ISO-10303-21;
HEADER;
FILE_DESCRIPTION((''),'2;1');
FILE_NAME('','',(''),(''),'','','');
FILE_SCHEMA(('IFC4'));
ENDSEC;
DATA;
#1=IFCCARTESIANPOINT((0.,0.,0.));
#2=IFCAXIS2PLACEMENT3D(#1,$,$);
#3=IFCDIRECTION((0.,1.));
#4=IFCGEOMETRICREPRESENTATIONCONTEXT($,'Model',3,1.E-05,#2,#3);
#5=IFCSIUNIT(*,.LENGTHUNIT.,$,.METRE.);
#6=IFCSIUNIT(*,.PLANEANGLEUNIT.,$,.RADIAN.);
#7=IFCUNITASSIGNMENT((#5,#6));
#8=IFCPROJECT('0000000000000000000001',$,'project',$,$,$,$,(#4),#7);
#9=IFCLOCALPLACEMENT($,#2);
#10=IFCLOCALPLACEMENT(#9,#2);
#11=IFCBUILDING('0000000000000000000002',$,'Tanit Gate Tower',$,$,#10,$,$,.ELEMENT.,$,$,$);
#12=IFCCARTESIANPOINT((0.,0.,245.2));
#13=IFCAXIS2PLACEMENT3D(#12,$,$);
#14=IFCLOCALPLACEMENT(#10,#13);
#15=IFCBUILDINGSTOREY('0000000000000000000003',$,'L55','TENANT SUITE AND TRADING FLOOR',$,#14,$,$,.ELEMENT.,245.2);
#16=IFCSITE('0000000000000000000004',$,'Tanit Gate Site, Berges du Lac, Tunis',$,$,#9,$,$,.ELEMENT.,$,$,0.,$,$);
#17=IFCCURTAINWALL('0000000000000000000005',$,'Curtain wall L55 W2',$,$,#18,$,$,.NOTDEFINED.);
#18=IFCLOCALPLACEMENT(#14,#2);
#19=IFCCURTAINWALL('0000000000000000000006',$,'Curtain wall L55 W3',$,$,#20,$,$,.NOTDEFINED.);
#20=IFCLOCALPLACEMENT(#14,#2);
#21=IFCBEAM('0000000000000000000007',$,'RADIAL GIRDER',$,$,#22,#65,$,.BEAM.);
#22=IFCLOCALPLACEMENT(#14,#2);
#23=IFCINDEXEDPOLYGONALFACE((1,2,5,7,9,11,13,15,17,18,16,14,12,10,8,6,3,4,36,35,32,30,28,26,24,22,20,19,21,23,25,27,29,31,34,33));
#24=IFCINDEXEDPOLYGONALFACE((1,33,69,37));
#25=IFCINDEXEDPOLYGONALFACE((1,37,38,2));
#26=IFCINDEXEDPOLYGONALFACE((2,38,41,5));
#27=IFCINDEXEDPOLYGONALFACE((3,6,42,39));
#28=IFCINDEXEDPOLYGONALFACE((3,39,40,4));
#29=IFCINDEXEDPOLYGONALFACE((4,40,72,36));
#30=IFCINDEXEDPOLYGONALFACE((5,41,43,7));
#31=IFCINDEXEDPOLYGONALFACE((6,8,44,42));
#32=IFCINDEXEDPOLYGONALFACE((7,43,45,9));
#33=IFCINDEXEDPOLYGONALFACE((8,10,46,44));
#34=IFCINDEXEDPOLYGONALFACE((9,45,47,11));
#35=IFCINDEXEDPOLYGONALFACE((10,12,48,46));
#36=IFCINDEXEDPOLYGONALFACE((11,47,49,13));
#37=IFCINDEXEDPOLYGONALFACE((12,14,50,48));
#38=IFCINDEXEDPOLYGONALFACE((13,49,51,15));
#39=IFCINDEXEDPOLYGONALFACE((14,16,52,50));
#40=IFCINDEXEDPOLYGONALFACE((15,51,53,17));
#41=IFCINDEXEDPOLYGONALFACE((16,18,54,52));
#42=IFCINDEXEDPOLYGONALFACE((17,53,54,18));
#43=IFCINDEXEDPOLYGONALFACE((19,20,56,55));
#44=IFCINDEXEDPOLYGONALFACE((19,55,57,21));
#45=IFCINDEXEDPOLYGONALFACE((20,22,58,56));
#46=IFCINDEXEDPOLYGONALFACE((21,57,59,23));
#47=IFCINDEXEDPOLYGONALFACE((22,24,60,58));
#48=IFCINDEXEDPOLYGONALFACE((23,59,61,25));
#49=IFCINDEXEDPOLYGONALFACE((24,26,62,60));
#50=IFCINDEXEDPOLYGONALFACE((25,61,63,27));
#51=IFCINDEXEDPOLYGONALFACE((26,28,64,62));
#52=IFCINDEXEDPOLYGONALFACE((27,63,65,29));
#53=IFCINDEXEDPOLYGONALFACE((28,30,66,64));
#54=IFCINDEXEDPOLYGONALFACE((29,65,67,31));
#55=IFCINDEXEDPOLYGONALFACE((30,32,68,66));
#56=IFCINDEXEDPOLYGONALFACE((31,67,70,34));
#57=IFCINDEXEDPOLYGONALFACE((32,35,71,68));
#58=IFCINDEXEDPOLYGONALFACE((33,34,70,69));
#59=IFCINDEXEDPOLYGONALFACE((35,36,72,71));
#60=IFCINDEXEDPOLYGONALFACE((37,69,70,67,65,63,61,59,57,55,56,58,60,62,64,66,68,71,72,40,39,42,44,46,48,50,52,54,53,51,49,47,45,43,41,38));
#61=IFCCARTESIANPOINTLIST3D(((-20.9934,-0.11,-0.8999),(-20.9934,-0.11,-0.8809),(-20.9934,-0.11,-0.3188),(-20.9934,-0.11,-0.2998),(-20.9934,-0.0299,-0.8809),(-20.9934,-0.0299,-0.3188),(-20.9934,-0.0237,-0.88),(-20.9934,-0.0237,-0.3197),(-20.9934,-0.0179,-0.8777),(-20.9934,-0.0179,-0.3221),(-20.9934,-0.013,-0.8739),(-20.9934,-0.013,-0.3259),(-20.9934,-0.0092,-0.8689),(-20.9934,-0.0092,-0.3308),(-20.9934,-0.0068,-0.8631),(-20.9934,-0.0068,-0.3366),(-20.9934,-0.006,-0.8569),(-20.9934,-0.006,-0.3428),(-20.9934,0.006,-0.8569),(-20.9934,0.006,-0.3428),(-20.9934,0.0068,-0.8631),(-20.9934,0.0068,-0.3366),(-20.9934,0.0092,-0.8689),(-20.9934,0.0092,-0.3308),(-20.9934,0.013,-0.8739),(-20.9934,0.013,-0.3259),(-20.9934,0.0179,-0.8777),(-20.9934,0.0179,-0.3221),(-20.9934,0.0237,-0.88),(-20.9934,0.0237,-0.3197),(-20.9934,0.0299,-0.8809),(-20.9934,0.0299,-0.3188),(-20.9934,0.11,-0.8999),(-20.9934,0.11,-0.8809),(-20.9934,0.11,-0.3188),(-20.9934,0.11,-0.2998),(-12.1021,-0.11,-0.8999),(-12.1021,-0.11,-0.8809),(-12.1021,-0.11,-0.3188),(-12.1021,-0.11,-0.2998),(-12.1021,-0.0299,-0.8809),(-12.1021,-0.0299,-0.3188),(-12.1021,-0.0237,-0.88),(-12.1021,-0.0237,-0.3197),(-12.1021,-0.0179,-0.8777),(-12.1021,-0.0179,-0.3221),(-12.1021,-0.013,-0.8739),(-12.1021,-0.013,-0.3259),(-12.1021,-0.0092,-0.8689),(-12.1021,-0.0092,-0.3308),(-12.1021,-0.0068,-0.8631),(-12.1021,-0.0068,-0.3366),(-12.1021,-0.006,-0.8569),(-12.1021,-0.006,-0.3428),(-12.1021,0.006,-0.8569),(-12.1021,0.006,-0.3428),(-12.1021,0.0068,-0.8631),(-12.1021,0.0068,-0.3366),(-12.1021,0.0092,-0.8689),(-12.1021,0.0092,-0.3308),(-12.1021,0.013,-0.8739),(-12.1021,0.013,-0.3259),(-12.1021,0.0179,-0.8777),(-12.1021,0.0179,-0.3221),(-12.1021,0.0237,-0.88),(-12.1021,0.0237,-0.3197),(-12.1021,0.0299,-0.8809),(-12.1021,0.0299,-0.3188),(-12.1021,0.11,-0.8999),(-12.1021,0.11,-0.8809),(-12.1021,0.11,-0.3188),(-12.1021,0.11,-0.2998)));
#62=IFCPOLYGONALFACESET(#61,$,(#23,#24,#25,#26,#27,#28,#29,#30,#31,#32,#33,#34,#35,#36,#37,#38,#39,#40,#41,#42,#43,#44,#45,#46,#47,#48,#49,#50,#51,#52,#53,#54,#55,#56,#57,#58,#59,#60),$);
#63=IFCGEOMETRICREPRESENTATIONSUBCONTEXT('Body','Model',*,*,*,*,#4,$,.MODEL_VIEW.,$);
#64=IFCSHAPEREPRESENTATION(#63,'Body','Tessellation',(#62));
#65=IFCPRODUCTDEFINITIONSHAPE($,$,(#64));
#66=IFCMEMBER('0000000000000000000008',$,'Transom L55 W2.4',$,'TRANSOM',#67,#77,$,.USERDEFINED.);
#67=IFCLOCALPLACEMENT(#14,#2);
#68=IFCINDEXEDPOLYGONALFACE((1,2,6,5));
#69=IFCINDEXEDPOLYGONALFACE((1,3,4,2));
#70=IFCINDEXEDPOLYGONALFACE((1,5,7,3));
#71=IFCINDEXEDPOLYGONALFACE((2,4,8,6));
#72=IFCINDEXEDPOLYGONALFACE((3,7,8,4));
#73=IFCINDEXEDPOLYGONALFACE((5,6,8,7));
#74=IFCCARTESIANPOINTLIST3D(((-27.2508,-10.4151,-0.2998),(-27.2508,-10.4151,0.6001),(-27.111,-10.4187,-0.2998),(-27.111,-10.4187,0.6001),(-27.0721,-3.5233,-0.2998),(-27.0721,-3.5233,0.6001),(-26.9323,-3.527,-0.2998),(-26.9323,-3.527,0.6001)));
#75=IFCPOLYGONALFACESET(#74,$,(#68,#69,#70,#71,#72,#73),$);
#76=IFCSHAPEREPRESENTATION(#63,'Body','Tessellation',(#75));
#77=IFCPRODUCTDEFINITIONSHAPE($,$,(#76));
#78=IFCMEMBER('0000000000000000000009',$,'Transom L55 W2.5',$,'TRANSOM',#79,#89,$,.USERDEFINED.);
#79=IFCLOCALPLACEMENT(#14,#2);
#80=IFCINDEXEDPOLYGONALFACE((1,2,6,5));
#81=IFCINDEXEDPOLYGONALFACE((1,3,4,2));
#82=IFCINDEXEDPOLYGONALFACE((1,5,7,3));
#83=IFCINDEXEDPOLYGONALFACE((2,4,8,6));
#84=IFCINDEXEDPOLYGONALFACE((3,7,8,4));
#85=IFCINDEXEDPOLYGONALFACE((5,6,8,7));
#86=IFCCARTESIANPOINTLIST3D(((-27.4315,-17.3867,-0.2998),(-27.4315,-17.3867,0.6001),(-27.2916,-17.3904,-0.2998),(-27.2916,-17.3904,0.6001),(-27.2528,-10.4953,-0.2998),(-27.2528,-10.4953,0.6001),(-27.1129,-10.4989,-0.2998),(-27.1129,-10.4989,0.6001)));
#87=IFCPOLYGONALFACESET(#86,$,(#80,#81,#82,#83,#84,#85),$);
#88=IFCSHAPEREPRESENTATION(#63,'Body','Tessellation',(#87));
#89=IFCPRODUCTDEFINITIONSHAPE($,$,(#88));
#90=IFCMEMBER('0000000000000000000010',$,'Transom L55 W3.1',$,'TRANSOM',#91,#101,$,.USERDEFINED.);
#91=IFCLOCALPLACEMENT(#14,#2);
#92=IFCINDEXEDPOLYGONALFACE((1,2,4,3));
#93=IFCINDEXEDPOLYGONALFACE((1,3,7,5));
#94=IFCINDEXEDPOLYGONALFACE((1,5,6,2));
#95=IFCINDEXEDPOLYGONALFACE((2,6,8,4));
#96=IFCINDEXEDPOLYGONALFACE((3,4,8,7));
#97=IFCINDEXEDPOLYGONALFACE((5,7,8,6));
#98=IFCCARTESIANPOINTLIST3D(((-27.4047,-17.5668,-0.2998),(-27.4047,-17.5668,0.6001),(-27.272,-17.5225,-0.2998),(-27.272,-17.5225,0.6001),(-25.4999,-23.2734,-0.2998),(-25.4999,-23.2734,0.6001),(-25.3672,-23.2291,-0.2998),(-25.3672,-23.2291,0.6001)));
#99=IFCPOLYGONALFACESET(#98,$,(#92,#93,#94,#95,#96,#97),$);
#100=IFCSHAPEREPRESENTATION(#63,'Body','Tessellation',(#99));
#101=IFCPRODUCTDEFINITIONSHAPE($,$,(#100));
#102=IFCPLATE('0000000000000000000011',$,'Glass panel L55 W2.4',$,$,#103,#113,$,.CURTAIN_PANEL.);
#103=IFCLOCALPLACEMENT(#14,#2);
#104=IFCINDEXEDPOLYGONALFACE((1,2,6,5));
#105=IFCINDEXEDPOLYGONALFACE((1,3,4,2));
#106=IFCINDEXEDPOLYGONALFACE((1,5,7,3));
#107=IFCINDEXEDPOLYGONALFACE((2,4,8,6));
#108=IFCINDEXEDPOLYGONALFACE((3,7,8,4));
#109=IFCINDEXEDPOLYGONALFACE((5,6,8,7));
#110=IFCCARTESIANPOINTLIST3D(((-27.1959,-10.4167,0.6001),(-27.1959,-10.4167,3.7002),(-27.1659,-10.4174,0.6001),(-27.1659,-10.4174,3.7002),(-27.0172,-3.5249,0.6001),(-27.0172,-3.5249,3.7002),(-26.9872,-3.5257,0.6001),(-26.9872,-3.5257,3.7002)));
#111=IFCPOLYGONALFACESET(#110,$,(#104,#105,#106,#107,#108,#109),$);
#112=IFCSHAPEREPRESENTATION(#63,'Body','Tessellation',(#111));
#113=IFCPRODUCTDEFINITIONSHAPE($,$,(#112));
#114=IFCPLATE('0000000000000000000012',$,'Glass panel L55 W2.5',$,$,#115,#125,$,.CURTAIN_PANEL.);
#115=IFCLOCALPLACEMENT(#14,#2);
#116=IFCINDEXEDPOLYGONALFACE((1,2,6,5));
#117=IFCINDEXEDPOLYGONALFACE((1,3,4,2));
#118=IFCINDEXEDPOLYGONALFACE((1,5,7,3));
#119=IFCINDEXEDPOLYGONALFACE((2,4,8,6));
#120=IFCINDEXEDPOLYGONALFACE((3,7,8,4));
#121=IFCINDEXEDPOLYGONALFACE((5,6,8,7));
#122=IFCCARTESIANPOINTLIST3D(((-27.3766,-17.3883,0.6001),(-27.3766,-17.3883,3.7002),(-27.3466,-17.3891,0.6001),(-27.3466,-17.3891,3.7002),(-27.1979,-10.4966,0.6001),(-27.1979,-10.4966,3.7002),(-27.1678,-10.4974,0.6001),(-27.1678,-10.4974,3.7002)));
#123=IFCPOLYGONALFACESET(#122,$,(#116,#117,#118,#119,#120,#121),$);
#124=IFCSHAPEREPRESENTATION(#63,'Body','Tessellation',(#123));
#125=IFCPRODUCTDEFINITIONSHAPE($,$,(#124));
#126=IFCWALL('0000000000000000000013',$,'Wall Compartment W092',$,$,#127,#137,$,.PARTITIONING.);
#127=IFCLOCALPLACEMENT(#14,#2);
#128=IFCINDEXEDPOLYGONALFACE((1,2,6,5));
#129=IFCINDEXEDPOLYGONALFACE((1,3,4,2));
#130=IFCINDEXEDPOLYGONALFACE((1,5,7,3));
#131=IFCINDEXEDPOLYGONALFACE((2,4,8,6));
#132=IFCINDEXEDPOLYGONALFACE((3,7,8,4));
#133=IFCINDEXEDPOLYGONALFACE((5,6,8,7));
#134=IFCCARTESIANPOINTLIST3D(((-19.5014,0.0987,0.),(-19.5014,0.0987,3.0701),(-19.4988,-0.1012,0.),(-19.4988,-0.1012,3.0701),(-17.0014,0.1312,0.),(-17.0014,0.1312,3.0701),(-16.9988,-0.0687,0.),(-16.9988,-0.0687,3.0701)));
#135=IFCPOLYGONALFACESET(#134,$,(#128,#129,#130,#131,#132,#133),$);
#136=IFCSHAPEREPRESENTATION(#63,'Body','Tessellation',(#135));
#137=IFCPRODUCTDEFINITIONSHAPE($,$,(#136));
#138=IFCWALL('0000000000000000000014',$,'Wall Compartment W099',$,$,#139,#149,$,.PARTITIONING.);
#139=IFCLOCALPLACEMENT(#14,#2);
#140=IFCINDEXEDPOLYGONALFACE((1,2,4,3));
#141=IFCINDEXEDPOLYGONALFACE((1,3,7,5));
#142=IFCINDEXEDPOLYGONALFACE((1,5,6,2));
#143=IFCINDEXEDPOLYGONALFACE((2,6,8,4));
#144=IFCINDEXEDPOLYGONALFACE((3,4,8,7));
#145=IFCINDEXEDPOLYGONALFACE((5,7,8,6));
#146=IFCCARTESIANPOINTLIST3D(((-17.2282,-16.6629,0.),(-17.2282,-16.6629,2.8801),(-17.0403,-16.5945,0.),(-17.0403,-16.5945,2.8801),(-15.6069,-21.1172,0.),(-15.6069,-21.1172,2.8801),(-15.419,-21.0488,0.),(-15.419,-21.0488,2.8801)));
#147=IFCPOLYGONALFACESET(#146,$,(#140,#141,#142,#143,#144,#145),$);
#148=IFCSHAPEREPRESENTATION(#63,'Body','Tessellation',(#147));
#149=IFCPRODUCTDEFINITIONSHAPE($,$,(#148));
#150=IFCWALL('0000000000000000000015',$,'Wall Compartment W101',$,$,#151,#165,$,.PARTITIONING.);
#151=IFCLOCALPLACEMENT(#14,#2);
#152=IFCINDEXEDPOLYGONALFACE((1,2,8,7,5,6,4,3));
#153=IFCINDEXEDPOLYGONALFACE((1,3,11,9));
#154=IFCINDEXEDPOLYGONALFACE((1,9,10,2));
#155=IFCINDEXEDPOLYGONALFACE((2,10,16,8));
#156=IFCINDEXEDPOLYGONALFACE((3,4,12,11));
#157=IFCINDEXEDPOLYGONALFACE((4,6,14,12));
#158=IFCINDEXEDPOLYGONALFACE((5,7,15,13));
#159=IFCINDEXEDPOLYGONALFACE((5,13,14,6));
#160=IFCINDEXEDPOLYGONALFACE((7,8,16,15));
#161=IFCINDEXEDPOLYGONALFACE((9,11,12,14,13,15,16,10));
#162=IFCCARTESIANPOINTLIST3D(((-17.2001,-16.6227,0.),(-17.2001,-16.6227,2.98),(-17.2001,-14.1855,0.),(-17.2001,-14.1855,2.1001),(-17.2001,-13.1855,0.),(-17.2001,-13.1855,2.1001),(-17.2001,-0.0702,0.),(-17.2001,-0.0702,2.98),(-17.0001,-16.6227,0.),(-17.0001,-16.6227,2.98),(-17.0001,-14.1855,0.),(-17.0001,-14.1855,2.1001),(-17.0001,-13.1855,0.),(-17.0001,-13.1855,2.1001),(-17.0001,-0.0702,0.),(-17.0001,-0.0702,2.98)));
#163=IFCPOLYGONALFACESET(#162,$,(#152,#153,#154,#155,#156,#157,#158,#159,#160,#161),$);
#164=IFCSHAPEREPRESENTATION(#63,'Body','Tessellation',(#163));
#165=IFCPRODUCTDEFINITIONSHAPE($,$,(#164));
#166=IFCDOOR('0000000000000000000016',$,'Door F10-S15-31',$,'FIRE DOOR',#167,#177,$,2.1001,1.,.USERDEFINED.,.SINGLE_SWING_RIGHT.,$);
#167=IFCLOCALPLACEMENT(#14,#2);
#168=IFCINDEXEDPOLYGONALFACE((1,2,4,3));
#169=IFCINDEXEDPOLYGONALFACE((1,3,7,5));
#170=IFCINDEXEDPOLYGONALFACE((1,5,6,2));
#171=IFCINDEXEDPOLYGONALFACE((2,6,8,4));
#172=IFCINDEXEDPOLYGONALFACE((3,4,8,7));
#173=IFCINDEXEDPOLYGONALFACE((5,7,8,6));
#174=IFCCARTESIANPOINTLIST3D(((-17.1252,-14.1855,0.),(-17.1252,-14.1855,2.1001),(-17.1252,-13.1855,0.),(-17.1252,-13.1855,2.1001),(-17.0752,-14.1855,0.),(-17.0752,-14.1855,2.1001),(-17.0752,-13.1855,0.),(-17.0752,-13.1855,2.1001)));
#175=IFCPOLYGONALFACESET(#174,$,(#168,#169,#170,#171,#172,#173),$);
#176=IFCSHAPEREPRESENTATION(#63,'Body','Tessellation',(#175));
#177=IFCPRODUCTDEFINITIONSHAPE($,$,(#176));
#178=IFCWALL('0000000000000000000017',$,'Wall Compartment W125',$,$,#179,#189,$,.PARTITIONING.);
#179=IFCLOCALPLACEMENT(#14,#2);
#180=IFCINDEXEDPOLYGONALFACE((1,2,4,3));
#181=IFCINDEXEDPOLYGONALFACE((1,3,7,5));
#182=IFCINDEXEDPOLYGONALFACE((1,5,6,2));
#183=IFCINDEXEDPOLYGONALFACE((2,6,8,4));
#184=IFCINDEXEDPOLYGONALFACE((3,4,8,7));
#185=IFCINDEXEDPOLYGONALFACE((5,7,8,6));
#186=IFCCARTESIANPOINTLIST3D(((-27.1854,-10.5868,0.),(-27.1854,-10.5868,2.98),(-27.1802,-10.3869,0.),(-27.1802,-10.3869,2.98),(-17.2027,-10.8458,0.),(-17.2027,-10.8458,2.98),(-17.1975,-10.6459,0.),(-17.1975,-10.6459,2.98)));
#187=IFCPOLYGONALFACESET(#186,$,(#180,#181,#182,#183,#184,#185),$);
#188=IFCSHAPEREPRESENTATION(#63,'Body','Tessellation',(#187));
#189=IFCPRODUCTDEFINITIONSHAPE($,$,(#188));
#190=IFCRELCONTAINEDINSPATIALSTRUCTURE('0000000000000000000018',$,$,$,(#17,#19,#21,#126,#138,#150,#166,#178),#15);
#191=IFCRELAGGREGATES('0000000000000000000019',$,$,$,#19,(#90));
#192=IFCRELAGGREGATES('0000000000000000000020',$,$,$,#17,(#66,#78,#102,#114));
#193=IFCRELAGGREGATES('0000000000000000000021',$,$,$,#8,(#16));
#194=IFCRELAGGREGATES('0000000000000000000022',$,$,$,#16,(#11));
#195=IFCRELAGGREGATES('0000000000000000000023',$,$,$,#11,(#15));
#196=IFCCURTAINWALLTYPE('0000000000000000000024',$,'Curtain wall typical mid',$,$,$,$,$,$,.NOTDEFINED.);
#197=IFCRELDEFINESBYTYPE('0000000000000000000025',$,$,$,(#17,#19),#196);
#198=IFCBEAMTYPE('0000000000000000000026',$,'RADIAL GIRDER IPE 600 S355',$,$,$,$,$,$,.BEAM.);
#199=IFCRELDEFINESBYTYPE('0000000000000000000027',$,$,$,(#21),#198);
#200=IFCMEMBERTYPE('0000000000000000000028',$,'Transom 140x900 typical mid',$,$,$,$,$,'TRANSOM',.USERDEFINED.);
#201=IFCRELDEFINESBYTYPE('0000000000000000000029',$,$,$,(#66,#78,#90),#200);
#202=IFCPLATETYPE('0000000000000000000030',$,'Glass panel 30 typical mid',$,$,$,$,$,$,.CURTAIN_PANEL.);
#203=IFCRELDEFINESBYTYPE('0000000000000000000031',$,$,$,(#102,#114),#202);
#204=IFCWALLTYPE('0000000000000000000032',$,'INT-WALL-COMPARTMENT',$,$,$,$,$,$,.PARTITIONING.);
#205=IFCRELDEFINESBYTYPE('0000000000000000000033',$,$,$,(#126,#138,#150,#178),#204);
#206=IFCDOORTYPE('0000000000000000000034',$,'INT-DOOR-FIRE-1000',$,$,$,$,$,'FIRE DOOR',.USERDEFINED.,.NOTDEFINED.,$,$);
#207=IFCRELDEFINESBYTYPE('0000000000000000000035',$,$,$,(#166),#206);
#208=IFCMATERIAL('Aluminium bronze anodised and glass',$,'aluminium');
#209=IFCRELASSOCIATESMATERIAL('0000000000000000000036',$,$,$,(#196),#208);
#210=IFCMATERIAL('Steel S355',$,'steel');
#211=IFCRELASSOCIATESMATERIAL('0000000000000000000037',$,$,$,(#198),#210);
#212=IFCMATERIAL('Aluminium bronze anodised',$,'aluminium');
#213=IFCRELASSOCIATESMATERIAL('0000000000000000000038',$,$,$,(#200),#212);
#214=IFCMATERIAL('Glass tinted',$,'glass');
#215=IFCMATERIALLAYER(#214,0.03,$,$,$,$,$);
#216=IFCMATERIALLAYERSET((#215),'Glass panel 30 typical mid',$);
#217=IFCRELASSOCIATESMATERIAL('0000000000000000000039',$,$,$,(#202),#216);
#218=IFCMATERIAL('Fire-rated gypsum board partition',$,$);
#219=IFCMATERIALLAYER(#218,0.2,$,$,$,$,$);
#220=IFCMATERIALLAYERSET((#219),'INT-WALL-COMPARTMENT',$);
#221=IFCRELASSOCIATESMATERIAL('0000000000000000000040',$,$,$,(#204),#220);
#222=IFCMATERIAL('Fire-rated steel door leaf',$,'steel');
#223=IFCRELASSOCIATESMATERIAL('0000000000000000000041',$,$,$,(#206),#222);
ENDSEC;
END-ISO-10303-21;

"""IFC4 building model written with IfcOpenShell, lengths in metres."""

from ifc_helpers import new_model, si_unit, direction, frame, frame_2d, origin, origin_2d, place, context, subcontext, project, spatial, rectangle, i_section, extrude, material, layer, layer_set, material_profile, profile_set, type_object, element, fill, aggregate, save


model = new_model("IFC4")

# Units and contexts
model_context = context("Model", 3, precision=1e-05, world=origin(), true_north=direction((0.0, 1.0)))
body_context = subcontext(model_context, "Body", "Model", "MODEL_VIEW")
ifc_project = project(units=[si_unit("LENGTHUNIT", "METRE"), si_unit("PLANEANGLEUNIT", "RADIAN")], contexts=[model_context])

# Site, building, storey
site_placement = place(None, origin())
site = spatial("IfcSite", under=ifc_project, at=site_placement, Name="Tanit Gate Site, Berges du Lac, Tunis", CompositionType="ELEMENT", RefElevation=0.0)
building_placement = place(site_placement, origin())
building = spatial("IfcBuilding", under=site, at=building_placement, Name="Tanit Gate Tower", CompositionType="ELEMENT")
storey_placement = place(building_placement, frame((0.0, 0.0, 245.2)))
storey = spatial("IfcBuildingStorey", under=building, at=storey_placement, Name="L55", Description="TENANT SUITE AND TRADING FLOOR", CompositionType="ELEMENT", Elevation=245.2)

# Curtain wall
ifc_material_1 = material(Name="Aluminium bronze anodised and glass", Category="aluminium")
curtain_wall_type = type_object("IfcCurtainWallType", Name="Curtain wall typical mid", PredefinedType="NOTDEFINED", material=ifc_material_1)
curtain_wall_1_placement = place(storey_placement, origin())
curtain_wall_1 = element("IfcCurtainWall", 1, at=curtain_wall_1_placement, inside=storey, type_object=curtain_wall_type, Name="Curtain wall L55 W2", PredefinedType="NOTDEFINED")

# Curtain wall
curtain_wall_2_placement = place(storey_placement, origin())
curtain_wall_2 = element("IfcCurtainWall", 2, at=curtain_wall_2_placement, inside=storey, type_object=curtain_wall_type, Name="Curtain wall L55 W3", PredefinedType="NOTDEFINED")

# Beam
ifc_material_2 = material(Name="Steel S355", Category="steel")
ifc_material_profile_1 = material_profile(ifc_material_2, i_section(OverallWidth=0.22, OverallDepth=0.6001, WebThickness=0.012, FlangeThickness=0.019, FilletRadius=0.0239, at=origin_2d()), Name="IPE 600")
ifc_profile_set_1 = profile_set([ifc_material_profile_1], Name="Steel S355")
beam_type_1 = type_object("IfcBeamType", Name="RADIAL GIRDER IPE 600 S355", PredefinedType="BEAM", material=ifc_profile_set_1)
beam_1_placement = place(storey_placement, frame((-20.9934, 0.0, -0.5999), z_axis=(1.0, 0.0, 0.0), x_axis=(0.0, 1.0, 0.0)))
element("IfcBeam", 3, at=beam_1_placement, inside=storey, type_object=beam_type_1, Name="RADIAL GIRDER", PredefinedType="BEAM", context=body_context, shape_type="SweptSolid", body=[
    extrude(i_section(OverallWidth=0.22, OverallDepth=0.6001, WebThickness=0.012, FlangeThickness=0.019, FilletRadius=0.0239, at=origin_2d()), origin(), (0.0, 0.0, 1.0), 8.8914),
])

# Members
ifc_material_3 = material(Name="Aluminium bronze anodised", Category="aluminium")
ifc_material_profile_2 = material_profile(ifc_material_3, rectangle(XDim=0.1399, YDim=0.8999, at=origin_2d()), Name="140x900 bronze transom")
ifc_profile_set_2 = profile_set([ifc_material_profile_2], Name="Aluminium bronze anodised")
member_type_1 = type_object("IfcMemberType", Name="Transom 140x900 typical mid", ElementType="TRANSOM", PredefinedType="USERDEFINED", material=ifc_profile_set_2)
member_1_placement = place(storey_placement, frame((-27.0022, -3.5251, 0.1501), z_axis=(-0.025922, -0.999664, 0.0), x_axis=(0.999664, -0.025922, 0.0)))
member_1 = element("IfcMember", 4, at=member_1_placement, type_object=member_type_1, Name="Transom L55 W2.4", ObjectType="TRANSOM", PredefinedType="USERDEFINED", context=body_context, shape_type="SweptSolid", body=[
    extrude(rectangle(XDim=0.1399, YDim=0.8999, at=origin_2d()), origin(), (0.0, 0.0, 1.0), 6.894),
])
member_2_placement = place(storey_placement, frame((-27.1829, -10.4971, 0.1501), z_axis=(-0.025923, -0.999664, 0.0), x_axis=(0.999664, -0.025923, 0.0)))
member_2 = element("IfcMember", 5, at=member_2_placement, type_object=member_type_1, Name="Transom L55 W2.5", ObjectType="TRANSOM", PredefinedType="USERDEFINED", context=body_context, shape_type="SweptSolid", body=[
    extrude(rectangle(XDim=0.1399, YDim=0.8999, at=origin_2d()), origin(), (0.0, 0.0, 1.0), 6.8938),
])
member_3_placement = place(storey_placement, frame((-27.3384, -17.5447, 0.1501), z_axis=(0.316617, -0.948553, 0.0), x_axis=(0.948553, 0.316617, 0.0)))
member_3 = element("IfcMember", 6, at=member_3_placement, type_object=member_type_1, Name="Transom L55 W3.1", ObjectType="TRANSOM", PredefinedType="USERDEFINED", context=body_context, shape_type="SweptSolid", body=[
    extrude(rectangle(XDim=0.1399, YDim=0.8999, at=origin_2d()), origin(), (0.0, 0.0, 1.0), 6.0161),
])
aggregate(curtain_wall_2, [member_3])

# Plates
ifc_material_4 = material(Name="Glass tinted", Category="glass")
ifc_layer_1 = layer(ifc_material_4, 0.03)
ifc_layer_set_1 = layer_set([ifc_layer_1], Name="Glass panel 30 typical mid")
plate_type = type_object("IfcPlateType", Name="Glass panel 30 typical mid", PredefinedType="CURTAIN_PANEL", material=ifc_layer_set_1)
plate_1_placement = place(storey_placement, frame((-27.0916, -6.9712, 0.6001), z_axis=(0.0, 0.0, 1.0), x_axis=(-0.025924, -0.999664, 0.0)))
plate_1 = element("IfcPlate", 7, at=plate_1_placement, type_object=plate_type, Name="Glass panel L55 W2.4", PredefinedType="CURTAIN_PANEL", context=body_context, shape_type="SweptSolid", body=[
    extrude(rectangle(XDim=6.894, YDim=0.03, at=origin_2d()), origin(), (0.0, 0.0, 1.0), 3.1001),
])
plate_2_placement = place(storey_placement, frame((-27.2722, -13.9429, 0.6001), z_axis=(0.0, 0.0, 1.0), x_axis=(-0.025924, -0.999664, 0.0)))
plate_2 = element("IfcPlate", 8, at=plate_2_placement, type_object=plate_type, Name="Glass panel L55 W2.5", PredefinedType="CURTAIN_PANEL", context=body_context, shape_type="SweptSolid", body=[
    extrude(rectangle(XDim=6.894, YDim=0.03, at=origin_2d()), origin(), (0.0, 0.0, 1.0), 3.1001),
])
aggregate(curtain_wall_1, [member_1, member_2, plate_1, plate_2])

# Walls
ifc_material_5 = material(Name="Fire-rated gypsum board partition")
ifc_layer_2 = layer(ifc_material_5, 0.2)
ifc_layer_set_2 = layer_set([ifc_layer_2], Name="INT-WALL-COMPARTMENT")
wall_type_1 = type_object("IfcWallType", Name="INT-WALL-COMPARTMENT", PredefinedType="PARTITIONING", material=ifc_layer_set_2)
wall_1_placement = place(storey_placement, frame((-19.5, -0.0012, 0.0), z_axis=(0.0, 0.0, 1.0), x_axis=(0.999916, 0.012987, 0.0)))
element("IfcWall", 9, at=wall_1_placement, inside=storey, type_object=wall_type_1, Name="Wall Compartment W092", PredefinedType="PARTITIONING", context=body_context, shape_type="SweptSolid", body=[
    extrude(rectangle(XDim=2.5002, YDim=0.2, at=frame_2d((1.25, 0.0))), origin(), (0.0, 0.0, 1.0), 3.0701),
])
wall_2_placement = place(storey_placement, frame((-17.1343, -16.6287, 0.0), z_axis=(0.0, 0.0, 1.0), x_axis=(0.342037, -0.939687, 0.0)))
element("IfcWall", 10, at=wall_2_placement, inside=storey, type_object=wall_type_1, Name="Wall Compartment W099", PredefinedType="PARTITIONING", context=body_context, shape_type="SweptSolid", body=[
    extrude(rectangle(XDim=4.7402, YDim=0.2, at=frame_2d((2.3701, 0.0))), origin(), (0.0, 0.0, 1.0), 2.8801),
])

# Wall, opening, door
wall_3_placement = place(storey_placement, frame((-17.1001, -0.0701, 0.0), z_axis=(0.0, 0.0, 1.0), x_axis=(0.0, -1.0, 0.0)))
wall_3 = element("IfcWall", 11, at=wall_3_placement, inside=storey, type_object=wall_type_1, Name="Wall Compartment W101", PredefinedType="PARTITIONING", context=body_context, shape_type="SweptSolid", body=[
    extrude(rectangle(XDim=16.5525, YDim=0.2, at=frame_2d((8.2764, 0.0))), origin(), (0.0, 0.0, 1.0), 2.98),
])
opening_1_placement = place(wall_3_placement, frame((13.1155, 0.0, 0.0)))
opening_1 = element("IfcOpeningElement", 12, at=opening_1_placement, cuts=wall_3, PredefinedType="OPENING", context=body_context, shape_type="SweptSolid", body=[
    extrude(rectangle(XDim=1.0, YDim=2.1001, at=frame_2d((0.5, 1.05))), frame((0.0, 0.1099, 0.0), z_axis=(0.0, -1.0, 0.0), x_axis=(1.0, 0.0, 0.0)), (0.0, 0.0, 1.0), 0.22),
])
ifc_material_6 = material(Name="Fire-rated steel door leaf", Category="steel")
door_type_1 = type_object("IfcDoorType", Name="INT-DOOR-FIRE-1000", ElementType="FIRE DOOR", OperationType="NOTDEFINED", PredefinedType="USERDEFINED", material=ifc_material_6)
door_1_placement = place(opening_1_placement, origin())
door_1 = element("IfcDoor", 13, at=door_1_placement, inside=storey, type_object=door_type_1, Name="Door F10-S15-31", ObjectType="FIRE DOOR", OperationType="SINGLE_SWING_RIGHT", OverallHeight=2.1001, OverallWidth=1.0, PredefinedType="USERDEFINED", context=body_context, shape_type="SweptSolid", body=[
    extrude(rectangle(XDim=1.0, YDim=2.1001, at=frame_2d((0.5, 1.05))), frame((0.0, 0.0249, 0.0), z_axis=(0.0, -1.0, 0.0), x_axis=(1.0, 0.0, 0.0)), (0.0, 0.0, 1.0), 0.05),
])
fill(opening_1, door_1)

# Wall
wall_4_placement = place(storey_placement, frame((-17.2, -10.7458, 0.0), z_axis=(0.0, 0.0, 1.0), x_axis=(-0.999664, 0.02594, 0.0)))
element("IfcWall", 14, at=wall_4_placement, inside=storey, type_object=wall_type_1, Name="Wall Compartment W125", PredefinedType="PARTITIONING", context=body_context, shape_type="SweptSolid", body=[
    extrude(rectangle(XDim=9.9861, YDim=0.2, at=frame_2d((4.9932, 0.0))), origin(), (0.0, 0.0, 1.0), 2.98),
])

save(model, "model.ifc")
